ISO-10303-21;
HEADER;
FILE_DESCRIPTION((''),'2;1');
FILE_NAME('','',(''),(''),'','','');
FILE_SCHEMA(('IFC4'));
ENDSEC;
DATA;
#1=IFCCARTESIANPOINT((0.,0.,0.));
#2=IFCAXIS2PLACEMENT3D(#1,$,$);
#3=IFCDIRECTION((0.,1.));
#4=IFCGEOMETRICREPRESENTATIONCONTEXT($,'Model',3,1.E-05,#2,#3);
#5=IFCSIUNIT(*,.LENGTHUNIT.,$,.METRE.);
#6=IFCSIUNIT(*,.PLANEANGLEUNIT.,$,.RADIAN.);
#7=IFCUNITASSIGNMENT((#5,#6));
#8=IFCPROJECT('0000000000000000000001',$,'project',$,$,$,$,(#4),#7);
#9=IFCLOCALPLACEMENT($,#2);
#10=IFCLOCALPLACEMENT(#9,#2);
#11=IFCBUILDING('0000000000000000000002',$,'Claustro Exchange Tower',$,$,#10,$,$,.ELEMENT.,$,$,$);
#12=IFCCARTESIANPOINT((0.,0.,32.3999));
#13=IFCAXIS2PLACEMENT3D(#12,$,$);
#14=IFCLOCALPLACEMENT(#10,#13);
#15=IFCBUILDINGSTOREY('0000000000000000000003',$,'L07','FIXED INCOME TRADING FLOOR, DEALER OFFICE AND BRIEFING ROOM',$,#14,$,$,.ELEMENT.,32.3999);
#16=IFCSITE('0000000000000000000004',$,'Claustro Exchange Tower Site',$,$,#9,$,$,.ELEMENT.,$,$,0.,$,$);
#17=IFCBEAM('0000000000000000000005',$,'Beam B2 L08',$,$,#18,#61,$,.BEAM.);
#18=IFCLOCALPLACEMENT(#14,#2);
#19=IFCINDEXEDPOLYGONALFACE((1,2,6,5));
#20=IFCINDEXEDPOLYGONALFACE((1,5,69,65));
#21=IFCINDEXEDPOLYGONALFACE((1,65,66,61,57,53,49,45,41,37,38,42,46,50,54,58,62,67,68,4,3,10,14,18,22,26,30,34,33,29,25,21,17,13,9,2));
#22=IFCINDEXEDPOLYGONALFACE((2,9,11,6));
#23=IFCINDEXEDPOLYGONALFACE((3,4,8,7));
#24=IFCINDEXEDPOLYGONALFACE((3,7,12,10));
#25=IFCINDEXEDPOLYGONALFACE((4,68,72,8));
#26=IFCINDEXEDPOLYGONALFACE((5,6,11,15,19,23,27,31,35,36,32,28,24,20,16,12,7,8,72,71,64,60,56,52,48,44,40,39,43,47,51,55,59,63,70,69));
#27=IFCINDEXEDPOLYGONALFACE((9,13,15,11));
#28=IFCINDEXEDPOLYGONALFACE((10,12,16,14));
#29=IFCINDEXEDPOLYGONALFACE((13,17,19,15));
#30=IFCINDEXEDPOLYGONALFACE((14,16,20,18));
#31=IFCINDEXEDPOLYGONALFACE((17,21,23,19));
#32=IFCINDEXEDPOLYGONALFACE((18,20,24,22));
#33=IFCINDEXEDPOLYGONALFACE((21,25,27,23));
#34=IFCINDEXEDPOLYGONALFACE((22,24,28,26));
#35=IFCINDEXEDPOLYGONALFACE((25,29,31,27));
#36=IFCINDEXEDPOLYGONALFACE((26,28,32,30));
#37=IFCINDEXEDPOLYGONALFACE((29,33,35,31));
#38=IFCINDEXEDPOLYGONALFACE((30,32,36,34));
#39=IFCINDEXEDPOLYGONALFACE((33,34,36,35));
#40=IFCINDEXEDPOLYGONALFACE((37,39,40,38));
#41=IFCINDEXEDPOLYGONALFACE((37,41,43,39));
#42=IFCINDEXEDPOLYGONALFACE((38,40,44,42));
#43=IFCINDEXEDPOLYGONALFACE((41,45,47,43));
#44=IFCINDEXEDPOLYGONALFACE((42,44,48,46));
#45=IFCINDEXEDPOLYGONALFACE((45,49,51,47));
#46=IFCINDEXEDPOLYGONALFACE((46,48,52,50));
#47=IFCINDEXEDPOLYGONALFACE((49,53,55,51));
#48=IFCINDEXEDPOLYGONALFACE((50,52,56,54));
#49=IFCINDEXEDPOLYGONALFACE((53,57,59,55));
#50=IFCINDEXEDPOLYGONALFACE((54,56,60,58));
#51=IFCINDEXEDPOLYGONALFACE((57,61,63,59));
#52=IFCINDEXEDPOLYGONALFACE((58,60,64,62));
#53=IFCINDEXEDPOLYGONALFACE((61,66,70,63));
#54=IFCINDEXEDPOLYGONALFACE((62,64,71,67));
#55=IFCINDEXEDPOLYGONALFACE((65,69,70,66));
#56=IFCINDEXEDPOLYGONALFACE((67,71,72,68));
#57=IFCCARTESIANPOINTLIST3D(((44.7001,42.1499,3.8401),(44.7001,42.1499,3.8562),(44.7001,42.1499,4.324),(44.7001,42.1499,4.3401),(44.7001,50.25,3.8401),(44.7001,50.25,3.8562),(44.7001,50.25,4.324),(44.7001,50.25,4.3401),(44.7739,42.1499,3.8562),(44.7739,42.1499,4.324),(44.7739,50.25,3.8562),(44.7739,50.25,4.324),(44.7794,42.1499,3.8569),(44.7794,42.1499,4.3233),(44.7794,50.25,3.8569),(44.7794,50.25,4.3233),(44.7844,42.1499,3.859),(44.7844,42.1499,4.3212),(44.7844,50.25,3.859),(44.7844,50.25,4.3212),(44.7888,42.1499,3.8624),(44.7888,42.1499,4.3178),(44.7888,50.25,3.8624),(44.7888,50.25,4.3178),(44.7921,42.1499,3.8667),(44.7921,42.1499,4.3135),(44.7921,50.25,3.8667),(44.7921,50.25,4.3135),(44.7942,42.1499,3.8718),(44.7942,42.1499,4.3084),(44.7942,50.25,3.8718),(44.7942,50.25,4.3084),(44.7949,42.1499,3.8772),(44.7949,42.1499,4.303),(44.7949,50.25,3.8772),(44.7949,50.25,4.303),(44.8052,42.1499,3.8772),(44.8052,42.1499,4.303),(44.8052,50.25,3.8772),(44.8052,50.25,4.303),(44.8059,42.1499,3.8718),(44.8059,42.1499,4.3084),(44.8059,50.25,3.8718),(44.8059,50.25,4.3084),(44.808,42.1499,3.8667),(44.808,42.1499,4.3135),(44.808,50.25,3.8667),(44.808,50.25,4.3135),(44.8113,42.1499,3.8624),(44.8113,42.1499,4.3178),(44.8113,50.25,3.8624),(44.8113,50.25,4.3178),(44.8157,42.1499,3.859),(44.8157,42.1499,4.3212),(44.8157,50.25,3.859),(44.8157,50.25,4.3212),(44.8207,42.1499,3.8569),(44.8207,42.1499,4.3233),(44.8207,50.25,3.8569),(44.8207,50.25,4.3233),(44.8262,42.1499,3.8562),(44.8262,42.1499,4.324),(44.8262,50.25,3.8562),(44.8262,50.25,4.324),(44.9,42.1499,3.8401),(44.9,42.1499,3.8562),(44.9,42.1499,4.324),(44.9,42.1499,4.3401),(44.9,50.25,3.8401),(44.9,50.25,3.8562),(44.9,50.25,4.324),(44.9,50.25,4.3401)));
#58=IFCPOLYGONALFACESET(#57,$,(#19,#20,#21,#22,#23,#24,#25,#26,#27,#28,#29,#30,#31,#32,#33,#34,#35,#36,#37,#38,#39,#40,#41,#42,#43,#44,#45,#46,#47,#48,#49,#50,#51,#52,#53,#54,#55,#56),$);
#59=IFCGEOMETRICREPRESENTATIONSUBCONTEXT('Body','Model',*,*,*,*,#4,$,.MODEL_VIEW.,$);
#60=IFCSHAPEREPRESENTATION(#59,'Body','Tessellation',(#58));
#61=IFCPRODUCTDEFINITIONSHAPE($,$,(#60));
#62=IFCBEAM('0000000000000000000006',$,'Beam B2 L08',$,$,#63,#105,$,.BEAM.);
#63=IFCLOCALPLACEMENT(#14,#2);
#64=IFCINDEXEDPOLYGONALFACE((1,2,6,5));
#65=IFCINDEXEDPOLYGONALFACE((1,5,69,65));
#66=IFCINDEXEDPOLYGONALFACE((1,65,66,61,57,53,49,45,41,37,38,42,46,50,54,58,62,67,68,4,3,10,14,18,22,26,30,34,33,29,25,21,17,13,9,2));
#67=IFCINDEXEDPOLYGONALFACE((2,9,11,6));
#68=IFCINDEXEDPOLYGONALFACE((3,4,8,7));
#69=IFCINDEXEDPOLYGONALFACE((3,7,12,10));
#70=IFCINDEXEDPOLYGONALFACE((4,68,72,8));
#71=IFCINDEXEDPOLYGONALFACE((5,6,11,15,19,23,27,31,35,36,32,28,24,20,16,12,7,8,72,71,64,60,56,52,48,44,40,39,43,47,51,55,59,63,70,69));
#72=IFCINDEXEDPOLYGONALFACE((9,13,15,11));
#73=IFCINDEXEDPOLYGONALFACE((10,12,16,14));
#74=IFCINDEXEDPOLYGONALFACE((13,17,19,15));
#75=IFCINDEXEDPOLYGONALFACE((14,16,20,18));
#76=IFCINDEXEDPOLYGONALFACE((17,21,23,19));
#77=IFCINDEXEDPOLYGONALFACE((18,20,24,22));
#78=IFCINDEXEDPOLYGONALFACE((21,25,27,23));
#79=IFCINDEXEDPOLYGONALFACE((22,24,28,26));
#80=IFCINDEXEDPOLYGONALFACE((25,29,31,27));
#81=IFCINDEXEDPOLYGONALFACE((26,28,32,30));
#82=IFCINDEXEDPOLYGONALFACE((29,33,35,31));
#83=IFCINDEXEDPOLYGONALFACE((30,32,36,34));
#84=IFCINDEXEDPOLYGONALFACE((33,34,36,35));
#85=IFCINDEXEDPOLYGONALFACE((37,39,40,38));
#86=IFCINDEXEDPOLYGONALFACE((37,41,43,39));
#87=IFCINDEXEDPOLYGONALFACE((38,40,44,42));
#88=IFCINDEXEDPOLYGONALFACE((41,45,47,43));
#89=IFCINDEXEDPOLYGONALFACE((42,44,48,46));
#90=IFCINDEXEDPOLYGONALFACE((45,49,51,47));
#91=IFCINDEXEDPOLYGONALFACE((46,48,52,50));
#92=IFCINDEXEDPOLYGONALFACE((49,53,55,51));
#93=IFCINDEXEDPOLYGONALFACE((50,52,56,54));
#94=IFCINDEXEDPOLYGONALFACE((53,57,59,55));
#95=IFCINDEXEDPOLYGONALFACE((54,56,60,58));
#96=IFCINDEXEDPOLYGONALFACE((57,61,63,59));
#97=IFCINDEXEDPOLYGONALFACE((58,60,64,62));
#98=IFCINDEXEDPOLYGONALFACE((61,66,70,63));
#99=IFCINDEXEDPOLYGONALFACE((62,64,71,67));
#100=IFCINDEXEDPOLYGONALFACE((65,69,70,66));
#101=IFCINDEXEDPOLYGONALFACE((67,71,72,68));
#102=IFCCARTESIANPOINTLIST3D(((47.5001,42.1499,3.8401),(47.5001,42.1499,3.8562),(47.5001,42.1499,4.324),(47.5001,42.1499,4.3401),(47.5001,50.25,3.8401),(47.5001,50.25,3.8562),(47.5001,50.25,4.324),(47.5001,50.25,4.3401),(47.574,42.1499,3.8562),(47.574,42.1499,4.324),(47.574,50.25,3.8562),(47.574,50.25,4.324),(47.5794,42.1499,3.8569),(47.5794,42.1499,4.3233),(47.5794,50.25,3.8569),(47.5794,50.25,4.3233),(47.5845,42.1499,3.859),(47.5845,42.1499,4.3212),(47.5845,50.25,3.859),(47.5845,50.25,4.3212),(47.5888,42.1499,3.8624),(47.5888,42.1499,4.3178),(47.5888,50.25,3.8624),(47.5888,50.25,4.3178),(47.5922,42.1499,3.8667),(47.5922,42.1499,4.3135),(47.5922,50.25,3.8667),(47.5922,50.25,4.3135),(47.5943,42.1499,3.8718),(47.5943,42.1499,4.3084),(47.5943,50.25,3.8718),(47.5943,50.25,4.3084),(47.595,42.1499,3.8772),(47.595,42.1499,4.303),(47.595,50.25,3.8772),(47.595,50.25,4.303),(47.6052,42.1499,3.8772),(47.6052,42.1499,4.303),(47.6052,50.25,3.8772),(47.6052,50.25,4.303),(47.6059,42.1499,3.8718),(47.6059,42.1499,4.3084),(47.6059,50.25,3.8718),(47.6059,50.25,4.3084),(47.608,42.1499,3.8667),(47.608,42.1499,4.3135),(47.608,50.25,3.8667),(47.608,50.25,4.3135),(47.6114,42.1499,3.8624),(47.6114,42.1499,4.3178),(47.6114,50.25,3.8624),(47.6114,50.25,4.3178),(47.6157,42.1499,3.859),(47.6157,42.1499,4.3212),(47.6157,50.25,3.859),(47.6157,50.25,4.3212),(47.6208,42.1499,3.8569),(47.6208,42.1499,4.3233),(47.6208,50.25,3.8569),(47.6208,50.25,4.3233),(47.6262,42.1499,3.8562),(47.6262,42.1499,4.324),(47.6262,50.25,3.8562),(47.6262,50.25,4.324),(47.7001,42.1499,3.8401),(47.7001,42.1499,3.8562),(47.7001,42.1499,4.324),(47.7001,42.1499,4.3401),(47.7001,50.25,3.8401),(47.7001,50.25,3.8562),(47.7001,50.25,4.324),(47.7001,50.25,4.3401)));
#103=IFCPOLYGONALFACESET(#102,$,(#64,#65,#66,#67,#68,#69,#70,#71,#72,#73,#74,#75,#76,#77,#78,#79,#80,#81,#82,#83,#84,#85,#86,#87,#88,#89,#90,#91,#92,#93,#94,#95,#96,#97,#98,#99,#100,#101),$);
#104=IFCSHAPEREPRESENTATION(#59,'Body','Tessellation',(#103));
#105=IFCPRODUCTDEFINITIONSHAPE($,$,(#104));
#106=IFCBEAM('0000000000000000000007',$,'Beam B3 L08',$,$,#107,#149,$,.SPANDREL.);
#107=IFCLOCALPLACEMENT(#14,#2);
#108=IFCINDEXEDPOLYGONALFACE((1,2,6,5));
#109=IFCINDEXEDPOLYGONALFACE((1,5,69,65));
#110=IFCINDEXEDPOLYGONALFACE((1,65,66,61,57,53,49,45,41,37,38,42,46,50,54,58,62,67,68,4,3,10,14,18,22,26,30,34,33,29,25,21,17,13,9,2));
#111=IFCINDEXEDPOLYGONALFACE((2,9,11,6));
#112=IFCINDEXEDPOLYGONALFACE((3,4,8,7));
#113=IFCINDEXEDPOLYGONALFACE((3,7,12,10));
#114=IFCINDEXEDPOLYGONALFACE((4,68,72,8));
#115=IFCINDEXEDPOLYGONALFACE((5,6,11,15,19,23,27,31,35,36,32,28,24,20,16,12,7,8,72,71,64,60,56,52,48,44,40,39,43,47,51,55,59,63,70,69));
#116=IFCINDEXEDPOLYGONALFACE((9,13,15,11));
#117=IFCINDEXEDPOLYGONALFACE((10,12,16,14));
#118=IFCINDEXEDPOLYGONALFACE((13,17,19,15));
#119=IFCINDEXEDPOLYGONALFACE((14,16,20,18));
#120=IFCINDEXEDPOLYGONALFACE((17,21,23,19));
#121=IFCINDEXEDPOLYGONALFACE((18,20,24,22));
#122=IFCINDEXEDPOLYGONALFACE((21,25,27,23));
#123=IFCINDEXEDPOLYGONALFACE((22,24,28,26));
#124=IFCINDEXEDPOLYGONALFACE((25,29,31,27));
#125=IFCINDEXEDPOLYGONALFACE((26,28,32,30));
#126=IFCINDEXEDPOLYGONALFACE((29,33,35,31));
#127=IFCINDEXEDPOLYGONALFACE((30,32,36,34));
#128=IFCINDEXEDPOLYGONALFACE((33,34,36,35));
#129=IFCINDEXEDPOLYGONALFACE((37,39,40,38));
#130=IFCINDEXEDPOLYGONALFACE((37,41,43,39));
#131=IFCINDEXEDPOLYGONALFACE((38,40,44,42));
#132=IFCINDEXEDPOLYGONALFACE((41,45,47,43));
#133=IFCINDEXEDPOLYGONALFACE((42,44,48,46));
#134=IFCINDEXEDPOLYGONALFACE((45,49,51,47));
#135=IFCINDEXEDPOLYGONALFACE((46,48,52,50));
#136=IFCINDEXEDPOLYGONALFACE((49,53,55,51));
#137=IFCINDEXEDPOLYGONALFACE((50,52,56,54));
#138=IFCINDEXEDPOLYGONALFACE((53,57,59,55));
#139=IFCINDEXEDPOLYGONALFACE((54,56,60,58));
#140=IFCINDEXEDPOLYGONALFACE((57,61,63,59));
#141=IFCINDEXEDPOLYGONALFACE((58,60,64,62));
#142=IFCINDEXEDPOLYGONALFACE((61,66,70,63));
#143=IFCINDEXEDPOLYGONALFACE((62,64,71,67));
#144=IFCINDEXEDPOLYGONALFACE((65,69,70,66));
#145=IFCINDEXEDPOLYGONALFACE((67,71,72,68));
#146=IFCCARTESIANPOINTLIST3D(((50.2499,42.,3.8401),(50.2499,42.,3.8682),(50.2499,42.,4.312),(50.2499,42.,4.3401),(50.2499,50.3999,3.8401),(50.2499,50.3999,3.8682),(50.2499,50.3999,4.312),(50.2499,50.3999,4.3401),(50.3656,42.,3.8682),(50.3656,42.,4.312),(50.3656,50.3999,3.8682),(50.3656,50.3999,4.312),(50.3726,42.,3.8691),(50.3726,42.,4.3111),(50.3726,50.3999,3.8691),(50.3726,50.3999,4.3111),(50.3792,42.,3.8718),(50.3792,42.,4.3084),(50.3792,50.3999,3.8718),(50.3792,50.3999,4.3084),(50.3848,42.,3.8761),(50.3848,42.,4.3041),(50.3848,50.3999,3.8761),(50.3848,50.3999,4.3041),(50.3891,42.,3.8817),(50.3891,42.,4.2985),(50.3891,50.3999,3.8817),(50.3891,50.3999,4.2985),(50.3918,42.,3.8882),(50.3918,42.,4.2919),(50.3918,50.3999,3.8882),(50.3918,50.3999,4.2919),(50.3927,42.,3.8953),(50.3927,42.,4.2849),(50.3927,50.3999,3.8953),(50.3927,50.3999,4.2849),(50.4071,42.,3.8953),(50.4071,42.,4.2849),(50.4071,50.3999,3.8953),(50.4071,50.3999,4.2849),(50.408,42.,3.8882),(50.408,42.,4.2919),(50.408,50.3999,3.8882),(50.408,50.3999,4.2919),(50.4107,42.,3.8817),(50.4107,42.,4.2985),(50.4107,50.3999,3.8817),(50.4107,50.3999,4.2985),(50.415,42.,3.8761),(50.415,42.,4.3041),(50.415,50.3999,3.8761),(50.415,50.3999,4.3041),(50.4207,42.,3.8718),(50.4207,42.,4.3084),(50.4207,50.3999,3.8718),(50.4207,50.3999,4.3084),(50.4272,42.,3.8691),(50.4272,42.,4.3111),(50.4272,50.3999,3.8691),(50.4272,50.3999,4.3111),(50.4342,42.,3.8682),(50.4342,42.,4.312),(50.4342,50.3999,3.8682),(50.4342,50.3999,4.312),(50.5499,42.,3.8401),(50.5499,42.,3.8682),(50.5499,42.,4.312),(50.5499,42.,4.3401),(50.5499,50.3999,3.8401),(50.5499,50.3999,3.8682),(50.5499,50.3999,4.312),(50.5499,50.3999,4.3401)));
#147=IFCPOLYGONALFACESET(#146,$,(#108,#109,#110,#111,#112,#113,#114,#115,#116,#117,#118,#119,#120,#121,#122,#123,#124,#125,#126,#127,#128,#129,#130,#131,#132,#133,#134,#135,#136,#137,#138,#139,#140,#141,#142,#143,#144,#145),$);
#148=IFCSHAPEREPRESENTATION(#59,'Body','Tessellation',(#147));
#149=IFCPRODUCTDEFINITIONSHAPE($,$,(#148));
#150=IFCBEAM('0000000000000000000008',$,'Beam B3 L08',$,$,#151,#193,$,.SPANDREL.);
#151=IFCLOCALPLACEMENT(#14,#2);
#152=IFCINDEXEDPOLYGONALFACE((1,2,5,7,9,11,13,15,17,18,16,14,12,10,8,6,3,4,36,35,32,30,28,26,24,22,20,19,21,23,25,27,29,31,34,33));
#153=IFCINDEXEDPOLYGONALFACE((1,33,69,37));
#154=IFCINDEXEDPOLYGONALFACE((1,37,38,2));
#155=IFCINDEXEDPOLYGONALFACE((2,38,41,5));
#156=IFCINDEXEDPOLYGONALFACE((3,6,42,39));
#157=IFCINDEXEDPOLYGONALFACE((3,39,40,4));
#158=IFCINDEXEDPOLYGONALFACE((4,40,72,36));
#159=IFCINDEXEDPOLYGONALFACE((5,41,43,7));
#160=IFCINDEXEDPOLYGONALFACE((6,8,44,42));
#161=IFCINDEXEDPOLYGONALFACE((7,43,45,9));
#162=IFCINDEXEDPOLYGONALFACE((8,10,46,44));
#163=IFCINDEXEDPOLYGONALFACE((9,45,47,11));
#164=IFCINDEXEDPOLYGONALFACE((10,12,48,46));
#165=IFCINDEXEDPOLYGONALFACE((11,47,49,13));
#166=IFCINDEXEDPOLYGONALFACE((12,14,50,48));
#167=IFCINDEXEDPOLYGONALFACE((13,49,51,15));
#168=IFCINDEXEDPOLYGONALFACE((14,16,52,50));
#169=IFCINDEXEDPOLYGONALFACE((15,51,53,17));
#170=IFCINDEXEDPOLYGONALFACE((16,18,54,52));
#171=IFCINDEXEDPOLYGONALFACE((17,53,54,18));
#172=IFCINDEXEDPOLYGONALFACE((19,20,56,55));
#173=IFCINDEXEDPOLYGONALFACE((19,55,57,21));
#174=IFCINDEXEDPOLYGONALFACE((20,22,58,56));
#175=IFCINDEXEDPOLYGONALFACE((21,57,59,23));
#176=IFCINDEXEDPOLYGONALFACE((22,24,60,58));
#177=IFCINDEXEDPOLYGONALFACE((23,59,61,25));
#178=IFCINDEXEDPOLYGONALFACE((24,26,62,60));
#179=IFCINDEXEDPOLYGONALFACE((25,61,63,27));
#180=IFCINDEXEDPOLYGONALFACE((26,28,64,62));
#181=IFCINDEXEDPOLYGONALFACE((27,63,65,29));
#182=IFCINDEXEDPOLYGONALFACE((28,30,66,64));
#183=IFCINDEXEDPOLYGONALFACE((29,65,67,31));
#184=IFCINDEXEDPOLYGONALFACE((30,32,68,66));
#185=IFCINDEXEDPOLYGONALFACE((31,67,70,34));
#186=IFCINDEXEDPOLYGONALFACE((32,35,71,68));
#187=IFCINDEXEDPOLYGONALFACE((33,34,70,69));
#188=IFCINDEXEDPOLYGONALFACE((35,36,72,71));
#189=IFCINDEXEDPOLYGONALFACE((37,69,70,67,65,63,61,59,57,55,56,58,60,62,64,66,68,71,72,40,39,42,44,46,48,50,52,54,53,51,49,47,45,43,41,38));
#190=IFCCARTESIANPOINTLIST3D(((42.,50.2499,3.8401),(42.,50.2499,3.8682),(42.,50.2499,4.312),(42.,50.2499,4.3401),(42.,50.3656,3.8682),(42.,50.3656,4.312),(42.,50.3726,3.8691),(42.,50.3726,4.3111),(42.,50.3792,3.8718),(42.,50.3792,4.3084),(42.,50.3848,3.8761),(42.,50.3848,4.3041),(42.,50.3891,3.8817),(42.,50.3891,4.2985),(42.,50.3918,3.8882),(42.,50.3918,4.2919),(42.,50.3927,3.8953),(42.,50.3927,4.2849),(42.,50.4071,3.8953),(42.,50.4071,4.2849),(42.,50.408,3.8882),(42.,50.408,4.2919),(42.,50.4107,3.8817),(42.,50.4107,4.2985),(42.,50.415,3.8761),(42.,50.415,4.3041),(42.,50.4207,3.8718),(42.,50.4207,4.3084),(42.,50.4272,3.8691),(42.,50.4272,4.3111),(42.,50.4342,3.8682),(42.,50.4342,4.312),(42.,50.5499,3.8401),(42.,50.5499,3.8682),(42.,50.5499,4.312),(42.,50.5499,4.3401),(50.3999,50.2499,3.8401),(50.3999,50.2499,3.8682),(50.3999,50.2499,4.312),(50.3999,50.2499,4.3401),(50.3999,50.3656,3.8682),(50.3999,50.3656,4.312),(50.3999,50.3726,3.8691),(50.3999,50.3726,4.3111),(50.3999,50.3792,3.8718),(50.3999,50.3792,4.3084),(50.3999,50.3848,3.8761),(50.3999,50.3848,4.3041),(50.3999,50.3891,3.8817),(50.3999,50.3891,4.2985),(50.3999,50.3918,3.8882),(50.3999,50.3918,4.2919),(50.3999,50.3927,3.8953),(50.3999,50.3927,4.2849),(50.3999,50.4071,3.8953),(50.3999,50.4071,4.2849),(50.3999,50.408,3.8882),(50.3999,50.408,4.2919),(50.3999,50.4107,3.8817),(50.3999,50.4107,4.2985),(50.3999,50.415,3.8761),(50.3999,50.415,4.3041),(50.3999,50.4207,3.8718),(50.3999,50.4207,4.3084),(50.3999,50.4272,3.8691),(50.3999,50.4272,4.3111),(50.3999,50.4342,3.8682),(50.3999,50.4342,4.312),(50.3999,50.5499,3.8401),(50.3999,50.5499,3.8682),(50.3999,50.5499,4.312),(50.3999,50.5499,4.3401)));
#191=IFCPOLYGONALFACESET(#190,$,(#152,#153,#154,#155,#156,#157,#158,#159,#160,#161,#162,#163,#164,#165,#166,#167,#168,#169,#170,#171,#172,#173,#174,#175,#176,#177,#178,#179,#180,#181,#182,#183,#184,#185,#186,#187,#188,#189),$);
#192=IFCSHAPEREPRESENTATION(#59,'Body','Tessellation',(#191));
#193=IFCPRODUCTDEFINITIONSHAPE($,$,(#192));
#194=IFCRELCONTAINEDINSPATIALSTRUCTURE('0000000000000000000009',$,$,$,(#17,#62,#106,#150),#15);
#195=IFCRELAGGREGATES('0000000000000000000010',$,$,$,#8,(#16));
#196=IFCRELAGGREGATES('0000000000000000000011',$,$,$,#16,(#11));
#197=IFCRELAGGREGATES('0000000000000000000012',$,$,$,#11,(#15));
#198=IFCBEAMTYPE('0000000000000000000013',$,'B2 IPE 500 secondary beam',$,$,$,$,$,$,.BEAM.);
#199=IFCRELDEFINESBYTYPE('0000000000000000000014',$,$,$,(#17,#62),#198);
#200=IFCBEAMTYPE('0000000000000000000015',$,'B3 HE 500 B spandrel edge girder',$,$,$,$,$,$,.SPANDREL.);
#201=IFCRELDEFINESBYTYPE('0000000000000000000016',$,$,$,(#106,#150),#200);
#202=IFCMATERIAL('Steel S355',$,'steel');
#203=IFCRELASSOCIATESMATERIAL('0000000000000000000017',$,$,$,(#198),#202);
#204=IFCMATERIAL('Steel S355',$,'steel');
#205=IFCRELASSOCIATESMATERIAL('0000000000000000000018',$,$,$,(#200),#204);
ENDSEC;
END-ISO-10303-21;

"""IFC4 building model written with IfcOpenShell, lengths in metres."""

from ifc_helpers import new_model, si_unit, direction, frame, origin, origin_2d, place, context, subcontext, project, spatial, i_section, extrude, material, material_profile, profile_set, type_object, element, save


model = new_model("IFC4")

# Units and contexts
model_context = context("Model", 3, precision=1e-05, world=origin(), true_north=direction((0.0, 1.0)))
body_context = subcontext(model_context, "Body", "Model", "MODEL_VIEW")
ifc_project = project(units=[si_unit("LENGTHUNIT", "METRE"), si_unit("PLANEANGLEUNIT", "RADIAN")], contexts=[model_context])

# Site, building, storey
site_placement = place(None, origin())
site = spatial("IfcSite", under=ifc_project, at=site_placement, Name="Claustro Exchange Tower Site", CompositionType="ELEMENT", RefElevation=0.0)
building_placement = place(site_placement, origin())
building = spatial("IfcBuilding", under=site, at=building_placement, Name="Claustro Exchange Tower", CompositionType="ELEMENT")
storey_placement = place(building_placement, frame((0.0, 0.0, 32.3999)))
storey = spatial("IfcBuildingStorey", under=building, at=storey_placement, Name="L07", Description="FIXED INCOME TRADING FLOOR, DEALER OFFICE AND BRIEFING ROOM", CompositionType="ELEMENT", Elevation=32.3999)

# Beams
ifc_material_1 = material(Name="Steel S355", Category="steel")
ifc_material_profile_1 = material_profile(ifc_material_1, i_section(OverallWidth=0.2, OverallDepth=0.5, WebThickness=0.0103, FlangeThickness=0.0161, FilletRadius=0.021, at=origin_2d()), Name="IPE 500")
ifc_profile_set_1 = profile_set([ifc_material_profile_1], Name="Steel S355")
beam_type_1 = type_object("IfcBeamType", Name="B2 IPE 500 secondary beam", PredefinedType="BEAM", material=ifc_profile_set_1)
for number, where, z_axis, x_axis, name in (
    (1, (44.8, 42.1499, 4.0901), (0.0, 1.0, 0.0), (-1.0, 0.0, 0.0), "Beam B2 L08"),
    (2, (47.6001, 42.1499, 4.0901), (0.0, 1.0, 0.0), (-1.0, 0.0, 0.0), "Beam B2 L08"),
):
    element("IfcBeam", number, at=place(storey_placement, frame(where, z_axis=z_axis, x_axis=x_axis)), inside=storey, type_object=beam_type_1, Name=name, PredefinedType="BEAM", context=body_context, shape_type="SweptSolid", body=[
        extrude(i_section(OverallWidth=0.2, OverallDepth=0.5, WebThickness=0.0103, FlangeThickness=0.0161, FilletRadius=0.021, at=origin_2d()), origin(), (0.0, 0.0, 1.0), 8.1001),
    ])
ifc_material_2 = material(Name="Steel S355", Category="steel")
ifc_material_profile_2 = material_profile(ifc_material_2, i_section(OverallWidth=0.3, OverallDepth=0.5, WebThickness=0.0144, FlangeThickness=0.0281, FilletRadius=0.0271, at=origin_2d()), Name="HE 500 B")
ifc_profile_set_2 = profile_set([ifc_material_profile_2], Name="Steel S355")
beam_type_2 = type_object("IfcBeamType", Name="B3 HE 500 B spandrel edge girder", PredefinedType="SPANDREL", material=ifc_profile_set_2)
for number, where, z_axis, x_axis, name in (
    (3, (50.3999, 42.0, 4.0901), (0.0, 1.0, 0.0), (-1.0, 0.0, 0.0), "Beam B3 L08"),
    (4, (42.0, 50.3999, 4.0901), (1.0, 0.0, 0.0), (0.0, 1.0, 0.0), "Beam B3 L08"),
):
    element("IfcBeam", number, at=place(storey_placement, frame(where, z_axis=z_axis, x_axis=x_axis)), inside=storey, type_object=beam_type_2, Name=name, PredefinedType="SPANDREL", context=body_context, shape_type="SweptSolid", body=[
        extrude(i_section(OverallWidth=0.3, OverallDepth=0.5, WebThickness=0.0144, FlangeThickness=0.0281, FilletRadius=0.0271, at=origin_2d()), origin(), (0.0, 0.0, 1.0), 8.3999),
    ])

save(model, "model.ifc")
